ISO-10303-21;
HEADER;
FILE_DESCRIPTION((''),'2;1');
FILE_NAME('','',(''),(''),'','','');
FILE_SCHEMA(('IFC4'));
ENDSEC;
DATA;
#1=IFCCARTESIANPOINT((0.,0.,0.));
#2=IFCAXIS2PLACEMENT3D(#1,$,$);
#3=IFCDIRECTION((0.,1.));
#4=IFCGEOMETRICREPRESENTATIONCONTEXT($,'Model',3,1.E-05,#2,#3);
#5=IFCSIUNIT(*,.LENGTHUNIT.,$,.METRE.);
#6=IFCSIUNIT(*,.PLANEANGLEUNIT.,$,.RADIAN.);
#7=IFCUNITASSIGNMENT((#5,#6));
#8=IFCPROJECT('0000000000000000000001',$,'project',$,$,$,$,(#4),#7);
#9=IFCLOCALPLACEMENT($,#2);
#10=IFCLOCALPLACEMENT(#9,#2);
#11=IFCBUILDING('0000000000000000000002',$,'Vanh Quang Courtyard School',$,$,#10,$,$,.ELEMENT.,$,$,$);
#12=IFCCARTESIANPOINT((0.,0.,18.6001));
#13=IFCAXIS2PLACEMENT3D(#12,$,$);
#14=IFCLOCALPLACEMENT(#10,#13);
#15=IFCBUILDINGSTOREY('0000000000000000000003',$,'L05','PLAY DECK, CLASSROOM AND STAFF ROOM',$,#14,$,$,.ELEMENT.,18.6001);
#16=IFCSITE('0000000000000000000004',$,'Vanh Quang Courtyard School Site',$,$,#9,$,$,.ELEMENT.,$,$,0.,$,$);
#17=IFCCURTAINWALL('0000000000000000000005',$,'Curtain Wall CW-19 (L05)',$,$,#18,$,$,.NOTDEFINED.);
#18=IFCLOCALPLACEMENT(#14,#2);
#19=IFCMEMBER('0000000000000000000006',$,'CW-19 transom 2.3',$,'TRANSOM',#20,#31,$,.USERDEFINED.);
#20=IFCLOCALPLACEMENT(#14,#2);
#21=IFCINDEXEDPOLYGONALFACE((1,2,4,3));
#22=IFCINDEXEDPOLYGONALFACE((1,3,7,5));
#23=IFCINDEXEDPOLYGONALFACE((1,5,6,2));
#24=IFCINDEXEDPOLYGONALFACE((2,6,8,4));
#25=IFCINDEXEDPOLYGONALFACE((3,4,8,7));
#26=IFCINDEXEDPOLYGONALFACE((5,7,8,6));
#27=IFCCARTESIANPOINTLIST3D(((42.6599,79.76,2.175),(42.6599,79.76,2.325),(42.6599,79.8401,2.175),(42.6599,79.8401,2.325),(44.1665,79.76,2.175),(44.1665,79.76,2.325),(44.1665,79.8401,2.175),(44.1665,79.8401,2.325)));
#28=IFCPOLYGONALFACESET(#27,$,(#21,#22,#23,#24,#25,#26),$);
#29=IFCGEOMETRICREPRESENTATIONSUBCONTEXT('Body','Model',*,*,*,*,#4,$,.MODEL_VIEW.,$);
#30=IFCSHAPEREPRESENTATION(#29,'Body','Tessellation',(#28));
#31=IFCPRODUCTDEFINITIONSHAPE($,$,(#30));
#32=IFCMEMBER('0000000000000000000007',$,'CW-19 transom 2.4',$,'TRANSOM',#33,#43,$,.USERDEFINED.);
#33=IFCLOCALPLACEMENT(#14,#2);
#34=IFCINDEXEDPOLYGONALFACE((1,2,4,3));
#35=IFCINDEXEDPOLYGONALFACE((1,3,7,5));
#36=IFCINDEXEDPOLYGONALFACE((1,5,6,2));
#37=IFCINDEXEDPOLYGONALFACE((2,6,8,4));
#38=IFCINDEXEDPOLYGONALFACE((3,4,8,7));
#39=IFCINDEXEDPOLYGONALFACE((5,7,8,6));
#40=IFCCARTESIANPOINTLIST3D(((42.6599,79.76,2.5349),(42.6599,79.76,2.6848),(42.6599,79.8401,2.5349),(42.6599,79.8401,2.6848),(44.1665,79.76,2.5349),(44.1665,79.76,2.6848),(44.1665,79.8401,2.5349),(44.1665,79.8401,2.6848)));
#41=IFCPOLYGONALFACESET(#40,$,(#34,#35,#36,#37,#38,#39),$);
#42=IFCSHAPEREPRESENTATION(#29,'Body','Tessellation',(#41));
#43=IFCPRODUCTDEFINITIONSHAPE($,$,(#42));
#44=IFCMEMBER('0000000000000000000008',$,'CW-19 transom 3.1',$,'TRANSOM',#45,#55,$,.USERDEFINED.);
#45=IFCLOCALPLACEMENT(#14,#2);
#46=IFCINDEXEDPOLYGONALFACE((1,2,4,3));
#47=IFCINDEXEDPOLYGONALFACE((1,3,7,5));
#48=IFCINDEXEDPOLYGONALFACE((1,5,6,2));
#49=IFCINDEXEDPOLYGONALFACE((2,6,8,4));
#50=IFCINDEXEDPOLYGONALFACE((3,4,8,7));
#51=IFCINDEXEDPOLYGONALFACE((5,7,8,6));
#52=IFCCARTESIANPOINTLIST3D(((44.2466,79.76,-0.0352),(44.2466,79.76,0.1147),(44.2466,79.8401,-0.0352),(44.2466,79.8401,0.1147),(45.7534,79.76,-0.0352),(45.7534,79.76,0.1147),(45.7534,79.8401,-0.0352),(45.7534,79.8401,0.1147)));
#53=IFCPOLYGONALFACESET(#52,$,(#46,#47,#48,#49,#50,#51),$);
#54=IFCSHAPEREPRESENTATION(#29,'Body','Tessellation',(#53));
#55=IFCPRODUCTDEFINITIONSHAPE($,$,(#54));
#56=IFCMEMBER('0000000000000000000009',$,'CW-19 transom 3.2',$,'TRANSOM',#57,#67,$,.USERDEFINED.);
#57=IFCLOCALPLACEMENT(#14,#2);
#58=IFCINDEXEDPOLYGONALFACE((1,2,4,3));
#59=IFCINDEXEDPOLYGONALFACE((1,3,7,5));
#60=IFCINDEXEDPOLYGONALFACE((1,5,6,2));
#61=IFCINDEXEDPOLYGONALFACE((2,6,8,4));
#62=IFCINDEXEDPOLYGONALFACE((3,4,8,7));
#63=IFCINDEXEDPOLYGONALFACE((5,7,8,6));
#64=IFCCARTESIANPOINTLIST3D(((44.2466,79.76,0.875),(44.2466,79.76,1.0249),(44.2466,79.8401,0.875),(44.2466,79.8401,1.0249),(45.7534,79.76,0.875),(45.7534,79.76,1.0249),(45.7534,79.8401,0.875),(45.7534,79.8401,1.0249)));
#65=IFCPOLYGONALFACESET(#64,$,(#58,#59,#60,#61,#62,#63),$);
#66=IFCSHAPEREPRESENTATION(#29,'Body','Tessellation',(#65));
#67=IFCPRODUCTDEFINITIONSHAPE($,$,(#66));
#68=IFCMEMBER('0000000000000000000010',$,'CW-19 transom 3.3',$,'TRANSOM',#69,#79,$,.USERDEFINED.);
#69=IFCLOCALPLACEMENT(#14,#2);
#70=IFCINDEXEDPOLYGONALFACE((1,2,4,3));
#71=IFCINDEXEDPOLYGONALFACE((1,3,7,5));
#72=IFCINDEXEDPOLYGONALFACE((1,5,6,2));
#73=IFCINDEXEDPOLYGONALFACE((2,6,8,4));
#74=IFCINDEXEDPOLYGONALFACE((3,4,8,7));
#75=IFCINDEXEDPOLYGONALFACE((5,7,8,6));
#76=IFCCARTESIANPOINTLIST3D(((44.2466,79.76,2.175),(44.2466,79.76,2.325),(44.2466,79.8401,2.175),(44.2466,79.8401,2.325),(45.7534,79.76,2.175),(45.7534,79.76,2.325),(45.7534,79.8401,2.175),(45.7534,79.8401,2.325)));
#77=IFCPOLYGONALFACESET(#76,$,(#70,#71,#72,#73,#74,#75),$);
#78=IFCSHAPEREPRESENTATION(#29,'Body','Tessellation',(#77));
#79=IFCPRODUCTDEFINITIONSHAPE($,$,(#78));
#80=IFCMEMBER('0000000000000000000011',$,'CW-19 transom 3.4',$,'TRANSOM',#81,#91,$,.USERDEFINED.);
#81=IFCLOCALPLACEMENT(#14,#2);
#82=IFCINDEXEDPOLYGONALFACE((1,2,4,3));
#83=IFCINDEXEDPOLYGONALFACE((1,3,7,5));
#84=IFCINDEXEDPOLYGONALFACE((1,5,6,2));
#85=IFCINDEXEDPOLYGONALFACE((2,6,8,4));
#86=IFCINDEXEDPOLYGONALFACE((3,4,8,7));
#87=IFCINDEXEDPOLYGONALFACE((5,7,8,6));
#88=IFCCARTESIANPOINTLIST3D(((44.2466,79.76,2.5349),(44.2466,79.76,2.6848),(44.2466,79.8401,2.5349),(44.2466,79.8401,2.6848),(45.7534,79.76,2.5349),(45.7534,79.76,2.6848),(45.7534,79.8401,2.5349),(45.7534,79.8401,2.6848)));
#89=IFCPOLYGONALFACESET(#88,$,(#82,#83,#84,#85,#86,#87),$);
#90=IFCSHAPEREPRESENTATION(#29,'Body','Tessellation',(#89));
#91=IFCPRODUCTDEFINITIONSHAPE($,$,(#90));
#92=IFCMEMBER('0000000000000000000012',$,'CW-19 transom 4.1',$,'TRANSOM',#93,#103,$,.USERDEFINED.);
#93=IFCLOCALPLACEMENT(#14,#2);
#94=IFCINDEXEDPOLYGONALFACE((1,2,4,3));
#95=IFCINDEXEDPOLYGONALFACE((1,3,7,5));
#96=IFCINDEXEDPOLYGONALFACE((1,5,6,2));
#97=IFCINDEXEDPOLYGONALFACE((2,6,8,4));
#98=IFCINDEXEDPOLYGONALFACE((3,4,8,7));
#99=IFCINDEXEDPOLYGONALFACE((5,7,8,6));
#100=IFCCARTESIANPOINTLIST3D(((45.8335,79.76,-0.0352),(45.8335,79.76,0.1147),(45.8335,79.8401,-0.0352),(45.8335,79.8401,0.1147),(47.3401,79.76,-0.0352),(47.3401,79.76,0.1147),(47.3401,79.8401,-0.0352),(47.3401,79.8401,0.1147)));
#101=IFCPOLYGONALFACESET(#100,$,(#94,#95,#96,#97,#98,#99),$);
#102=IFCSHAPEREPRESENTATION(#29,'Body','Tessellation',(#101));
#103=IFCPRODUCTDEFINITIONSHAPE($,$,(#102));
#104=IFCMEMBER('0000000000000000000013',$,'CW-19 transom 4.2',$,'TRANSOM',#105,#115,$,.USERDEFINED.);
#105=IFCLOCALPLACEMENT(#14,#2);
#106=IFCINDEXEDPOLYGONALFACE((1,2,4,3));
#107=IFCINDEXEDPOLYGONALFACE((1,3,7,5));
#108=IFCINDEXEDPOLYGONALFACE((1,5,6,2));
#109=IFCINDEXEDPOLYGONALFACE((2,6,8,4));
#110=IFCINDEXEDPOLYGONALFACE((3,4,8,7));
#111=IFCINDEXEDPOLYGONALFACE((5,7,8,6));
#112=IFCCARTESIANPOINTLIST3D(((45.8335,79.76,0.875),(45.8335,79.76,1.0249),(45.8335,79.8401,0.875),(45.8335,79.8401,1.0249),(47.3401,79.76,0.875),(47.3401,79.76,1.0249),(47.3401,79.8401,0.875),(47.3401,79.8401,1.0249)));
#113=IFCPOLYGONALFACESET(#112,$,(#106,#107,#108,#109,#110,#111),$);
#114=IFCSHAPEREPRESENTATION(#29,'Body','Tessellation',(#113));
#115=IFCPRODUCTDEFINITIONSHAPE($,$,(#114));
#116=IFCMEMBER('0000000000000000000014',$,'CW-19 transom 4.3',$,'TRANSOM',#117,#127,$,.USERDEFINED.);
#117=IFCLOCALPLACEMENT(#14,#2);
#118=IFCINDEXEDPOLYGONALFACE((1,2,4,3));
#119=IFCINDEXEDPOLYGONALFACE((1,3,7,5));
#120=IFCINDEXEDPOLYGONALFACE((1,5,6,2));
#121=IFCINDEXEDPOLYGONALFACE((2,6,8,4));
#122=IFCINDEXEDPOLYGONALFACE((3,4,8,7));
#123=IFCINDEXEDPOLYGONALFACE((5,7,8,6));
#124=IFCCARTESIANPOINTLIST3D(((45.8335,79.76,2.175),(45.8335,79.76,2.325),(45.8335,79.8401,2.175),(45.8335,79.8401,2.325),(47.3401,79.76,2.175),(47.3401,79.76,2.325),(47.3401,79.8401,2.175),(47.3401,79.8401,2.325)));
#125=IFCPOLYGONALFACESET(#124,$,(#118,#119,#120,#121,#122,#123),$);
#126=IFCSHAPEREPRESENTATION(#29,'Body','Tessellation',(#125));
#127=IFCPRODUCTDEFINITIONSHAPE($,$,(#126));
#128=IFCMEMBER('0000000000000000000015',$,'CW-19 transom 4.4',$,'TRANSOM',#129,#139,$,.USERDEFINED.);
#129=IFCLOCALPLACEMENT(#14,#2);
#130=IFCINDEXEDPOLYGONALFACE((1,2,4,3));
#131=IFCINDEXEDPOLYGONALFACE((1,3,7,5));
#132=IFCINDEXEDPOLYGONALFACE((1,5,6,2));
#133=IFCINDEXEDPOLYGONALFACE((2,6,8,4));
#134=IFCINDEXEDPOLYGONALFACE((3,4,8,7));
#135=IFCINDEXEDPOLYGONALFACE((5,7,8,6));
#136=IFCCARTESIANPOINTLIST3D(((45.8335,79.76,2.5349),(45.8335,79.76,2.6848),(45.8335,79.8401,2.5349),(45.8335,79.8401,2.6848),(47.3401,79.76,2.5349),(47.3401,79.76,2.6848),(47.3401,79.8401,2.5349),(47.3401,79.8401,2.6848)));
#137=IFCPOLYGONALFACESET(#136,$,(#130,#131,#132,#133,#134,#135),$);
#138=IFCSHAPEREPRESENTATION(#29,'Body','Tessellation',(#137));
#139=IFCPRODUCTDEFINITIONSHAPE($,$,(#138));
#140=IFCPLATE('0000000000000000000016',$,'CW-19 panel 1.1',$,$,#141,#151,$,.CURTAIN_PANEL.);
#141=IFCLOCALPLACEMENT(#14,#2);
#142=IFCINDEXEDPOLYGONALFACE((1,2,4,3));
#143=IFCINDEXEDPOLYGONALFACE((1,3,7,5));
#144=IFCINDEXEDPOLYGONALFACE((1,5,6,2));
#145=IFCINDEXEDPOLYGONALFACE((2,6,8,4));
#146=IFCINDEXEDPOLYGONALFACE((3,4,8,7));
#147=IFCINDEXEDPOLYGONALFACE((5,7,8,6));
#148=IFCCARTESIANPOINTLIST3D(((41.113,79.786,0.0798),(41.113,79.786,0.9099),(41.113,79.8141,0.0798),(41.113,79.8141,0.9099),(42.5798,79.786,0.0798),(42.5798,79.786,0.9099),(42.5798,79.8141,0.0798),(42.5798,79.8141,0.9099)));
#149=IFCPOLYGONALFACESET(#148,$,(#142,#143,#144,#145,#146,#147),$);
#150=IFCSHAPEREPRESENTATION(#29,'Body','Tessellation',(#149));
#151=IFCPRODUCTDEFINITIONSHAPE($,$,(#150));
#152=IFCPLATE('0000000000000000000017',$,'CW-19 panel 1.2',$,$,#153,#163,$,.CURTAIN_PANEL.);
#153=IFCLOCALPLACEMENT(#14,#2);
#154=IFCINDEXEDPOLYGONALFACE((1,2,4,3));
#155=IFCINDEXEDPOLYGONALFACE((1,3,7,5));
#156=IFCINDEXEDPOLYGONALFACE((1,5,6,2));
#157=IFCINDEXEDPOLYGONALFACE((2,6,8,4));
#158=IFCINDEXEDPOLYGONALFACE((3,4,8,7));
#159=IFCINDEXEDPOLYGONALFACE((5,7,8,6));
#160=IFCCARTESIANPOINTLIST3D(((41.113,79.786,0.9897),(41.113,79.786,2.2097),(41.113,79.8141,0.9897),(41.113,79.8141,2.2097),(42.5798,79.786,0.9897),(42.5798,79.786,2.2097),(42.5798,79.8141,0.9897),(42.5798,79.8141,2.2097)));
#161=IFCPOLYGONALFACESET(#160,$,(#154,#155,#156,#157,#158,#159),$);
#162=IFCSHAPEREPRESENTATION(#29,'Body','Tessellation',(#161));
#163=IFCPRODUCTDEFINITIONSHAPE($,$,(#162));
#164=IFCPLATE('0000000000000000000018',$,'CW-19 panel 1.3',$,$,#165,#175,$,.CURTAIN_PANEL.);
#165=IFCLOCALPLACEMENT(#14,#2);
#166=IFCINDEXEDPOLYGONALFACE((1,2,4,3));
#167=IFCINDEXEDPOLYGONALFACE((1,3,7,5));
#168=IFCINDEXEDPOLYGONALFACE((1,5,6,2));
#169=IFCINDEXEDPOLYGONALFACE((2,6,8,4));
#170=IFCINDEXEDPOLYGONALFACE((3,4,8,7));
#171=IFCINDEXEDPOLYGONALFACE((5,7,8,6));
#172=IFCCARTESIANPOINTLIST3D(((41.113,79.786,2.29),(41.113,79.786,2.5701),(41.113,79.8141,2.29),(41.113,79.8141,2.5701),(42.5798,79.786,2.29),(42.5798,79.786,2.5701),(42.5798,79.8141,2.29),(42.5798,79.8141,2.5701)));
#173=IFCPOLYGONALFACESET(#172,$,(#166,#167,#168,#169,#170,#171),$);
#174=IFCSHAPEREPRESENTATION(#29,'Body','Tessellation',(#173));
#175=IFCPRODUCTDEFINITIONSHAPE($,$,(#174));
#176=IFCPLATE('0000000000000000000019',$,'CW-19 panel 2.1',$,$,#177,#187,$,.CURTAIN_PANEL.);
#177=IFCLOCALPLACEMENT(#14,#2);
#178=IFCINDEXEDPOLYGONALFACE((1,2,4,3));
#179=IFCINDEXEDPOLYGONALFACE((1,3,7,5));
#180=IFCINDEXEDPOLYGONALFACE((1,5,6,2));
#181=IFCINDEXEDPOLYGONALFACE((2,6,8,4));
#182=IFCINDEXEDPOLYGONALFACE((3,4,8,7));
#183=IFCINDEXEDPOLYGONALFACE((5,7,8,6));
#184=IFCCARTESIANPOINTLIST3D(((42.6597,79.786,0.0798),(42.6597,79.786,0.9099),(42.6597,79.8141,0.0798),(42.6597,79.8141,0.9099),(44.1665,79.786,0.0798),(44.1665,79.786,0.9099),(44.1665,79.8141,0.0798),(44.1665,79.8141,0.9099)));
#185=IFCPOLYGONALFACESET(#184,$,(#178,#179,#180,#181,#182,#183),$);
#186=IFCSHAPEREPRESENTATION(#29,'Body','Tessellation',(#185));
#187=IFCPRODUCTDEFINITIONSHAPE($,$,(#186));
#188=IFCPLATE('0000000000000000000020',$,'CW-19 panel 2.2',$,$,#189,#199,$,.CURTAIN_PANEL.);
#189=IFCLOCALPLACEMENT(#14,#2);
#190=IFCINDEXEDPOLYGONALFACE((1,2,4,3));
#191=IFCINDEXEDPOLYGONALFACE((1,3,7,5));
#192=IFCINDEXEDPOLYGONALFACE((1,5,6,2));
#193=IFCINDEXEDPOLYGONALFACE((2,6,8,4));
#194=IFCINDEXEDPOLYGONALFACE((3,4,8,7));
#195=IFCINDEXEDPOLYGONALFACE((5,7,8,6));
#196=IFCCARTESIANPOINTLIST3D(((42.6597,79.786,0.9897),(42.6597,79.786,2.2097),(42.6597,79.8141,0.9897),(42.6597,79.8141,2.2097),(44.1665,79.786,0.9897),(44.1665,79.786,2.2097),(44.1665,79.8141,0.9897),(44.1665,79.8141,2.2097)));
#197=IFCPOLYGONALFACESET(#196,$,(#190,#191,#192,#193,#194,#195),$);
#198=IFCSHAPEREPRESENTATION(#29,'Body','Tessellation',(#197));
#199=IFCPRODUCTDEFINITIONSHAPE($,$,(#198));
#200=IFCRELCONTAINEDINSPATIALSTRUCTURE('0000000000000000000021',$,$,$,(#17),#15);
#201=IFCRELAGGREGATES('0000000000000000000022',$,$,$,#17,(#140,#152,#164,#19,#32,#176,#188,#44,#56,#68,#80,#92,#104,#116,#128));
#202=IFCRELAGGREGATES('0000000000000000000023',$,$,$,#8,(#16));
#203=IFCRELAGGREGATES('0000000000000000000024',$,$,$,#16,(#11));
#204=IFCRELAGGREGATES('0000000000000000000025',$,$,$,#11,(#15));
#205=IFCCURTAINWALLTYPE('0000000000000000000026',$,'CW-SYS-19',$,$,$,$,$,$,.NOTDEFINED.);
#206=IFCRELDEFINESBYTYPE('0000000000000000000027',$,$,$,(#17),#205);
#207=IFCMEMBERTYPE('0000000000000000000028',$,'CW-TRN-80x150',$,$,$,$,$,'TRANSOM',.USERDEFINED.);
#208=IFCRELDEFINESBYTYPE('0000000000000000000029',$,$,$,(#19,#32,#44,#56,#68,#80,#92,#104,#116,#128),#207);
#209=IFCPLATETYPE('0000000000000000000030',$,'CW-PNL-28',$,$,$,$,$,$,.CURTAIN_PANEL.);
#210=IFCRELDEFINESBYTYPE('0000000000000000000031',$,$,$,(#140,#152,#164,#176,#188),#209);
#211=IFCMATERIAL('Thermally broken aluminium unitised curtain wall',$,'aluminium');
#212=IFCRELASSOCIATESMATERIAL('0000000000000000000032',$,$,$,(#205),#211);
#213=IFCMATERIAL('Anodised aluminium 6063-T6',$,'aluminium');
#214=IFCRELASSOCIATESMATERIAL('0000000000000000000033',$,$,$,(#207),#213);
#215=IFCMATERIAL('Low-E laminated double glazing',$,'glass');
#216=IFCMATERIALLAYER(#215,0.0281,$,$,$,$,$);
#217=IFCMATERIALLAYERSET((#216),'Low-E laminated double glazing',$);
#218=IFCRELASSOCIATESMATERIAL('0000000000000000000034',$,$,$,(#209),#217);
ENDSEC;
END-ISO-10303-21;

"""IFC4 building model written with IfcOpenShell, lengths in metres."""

from ifc_helpers import new_model, si_unit, direction, frame, origin, origin_2d, place, context, subcontext, project, spatial, rectangle, extrude, material, layer, layer_set, material_profile, profile_set, type_object, element, aggregate, save


model = new_model("IFC4")

# Units and contexts
model_context = context("Model", 3, precision=1e-05, world=origin(), true_north=direction((0.0, 1.0)))
body_context = subcontext(model_context, "Body", "Model", "MODEL_VIEW")
ifc_project = project(units=[si_unit("LENGTHUNIT", "METRE"), si_unit("PLANEANGLEUNIT", "RADIAN")], contexts=[model_context])

# Site, building, storey
site_placement = place(None, origin())
site = spatial("IfcSite", under=ifc_project, at=site_placement, Name="Vanh Quang Courtyard School Site", CompositionType="ELEMENT", RefElevation=0.0)
building_placement = place(site_placement, origin())
building = spatial("IfcBuilding", under=site, at=building_placement, Name="Vanh Quang Courtyard School", CompositionType="ELEMENT")
storey_placement = place(building_placement, frame((0.0, 0.0, 18.6001)))
storey = spatial("IfcBuildingStorey", under=building, at=storey_placement, Name="L05", Description="PLAY DECK, CLASSROOM AND STAFF ROOM", CompositionType="ELEMENT", Elevation=18.6001)

# Curtain wall, members, plates
ifc_material_1 = material(Name="Thermally broken aluminium unitised curtain wall", Category="aluminium")
curtain_wall_type = type_object("IfcCurtainWallType", Name="CW-SYS-19", PredefinedType="NOTDEFINED", material=ifc_material_1)
curtain_wall_placement = place(storey_placement, origin())
curtain_wall = element("IfcCurtainWall", 1, at=curtain_wall_placement, inside=storey, type_object=curtain_wall_type, Name="Curtain Wall CW-19 (L05)", PredefinedType="NOTDEFINED")
ifc_material_2 = material(Name="Anodised aluminium 6063-T6", Category="aluminium")
ifc_material_profile_1 = material_profile(ifc_material_2, rectangle(XDim=0.0801, YDim=0.1499, at=origin_2d()), Name="ALU-TRN 80x150")
ifc_profile_set_1 = profile_set([ifc_material_profile_1], Name="Anodised aluminium 6063-T6")
member_type_1 = type_object("IfcMemberType", Name="CW-TRN-80x150", ElementType="TRANSOM", PredefinedType="USERDEFINED", material=ifc_profile_set_1)
member_1_placement = place(storey_placement, frame((42.6599, 79.8, 2.25), z_axis=(1.0, 0.0, 0.0), x_axis=(0.0, 1.0, 0.0)))
member_1 = element("IfcMember", 2, at=member_1_placement, type_object=member_type_1, Name="CW-19 transom 2.3", ObjectType="TRANSOM", PredefinedType="USERDEFINED", context=body_context, shape_type="SweptSolid", body=[
    extrude(rectangle(XDim=0.0801, YDim=0.1499, at=origin_2d()), origin(), (0.0, 0.0, 1.0), 1.5066),
])
member_2_placement = place(storey_placement, frame((42.6599, 79.8, 2.6099), z_axis=(1.0, 0.0, 0.0), x_axis=(0.0, 1.0, 0.0)))
member_2 = element("IfcMember", 3, at=member_2_placement, type_object=member_type_1, Name="CW-19 transom 2.4", ObjectType="TRANSOM", PredefinedType="USERDEFINED", context=body_context, shape_type="SweptSolid", body=[
    extrude(rectangle(XDim=0.0801, YDim=0.1499, at=origin_2d()), origin(), (0.0, 0.0, 1.0), 1.5066),
])
member_3_placement = place(storey_placement, frame((44.2466, 79.8, 0.0398), z_axis=(1.0, 0.0, 0.0), x_axis=(0.0, 1.0, 0.0)))
member_3 = element("IfcMember", 4, at=member_3_placement, type_object=member_type_1, Name="CW-19 transom 3.1", ObjectType="TRANSOM", PredefinedType="USERDEFINED", context=body_context, shape_type="SweptSolid", body=[
    extrude(rectangle(XDim=0.0801, YDim=0.1499, at=origin_2d()), origin(), (0.0, 0.0, 1.0), 1.5068),
])
member_4_placement = place(storey_placement, frame((44.2466, 79.8, 0.95), z_axis=(1.0, 0.0, 0.0), x_axis=(0.0, 1.0, 0.0)))
member_4 = element("IfcMember", 5, at=member_4_placement, type_object=member_type_1, Name="CW-19 transom 3.2", ObjectType="TRANSOM", PredefinedType="USERDEFINED", context=body_context, shape_type="SweptSolid", body=[
    extrude(rectangle(XDim=0.0801, YDim=0.1499, at=origin_2d()), origin(), (0.0, 0.0, 1.0), 1.5068),
])
member_5_placement = place(storey_placement, frame((44.2466, 79.8, 2.25), z_axis=(1.0, 0.0, 0.0), x_axis=(0.0, 1.0, 0.0)))
member_5 = element("IfcMember", 6, at=member_5_placement, type_object=member_type_1, Name="CW-19 transom 3.3", ObjectType="TRANSOM", PredefinedType="USERDEFINED", context=body_context, shape_type="SweptSolid", body=[
    extrude(rectangle(XDim=0.0801, YDim=0.1499, at=origin_2d()), origin(), (0.0, 0.0, 1.0), 1.5068),
])
member_6_placement = place(storey_placement, frame((44.2466, 79.8, 2.6099), z_axis=(1.0, 0.0, 0.0), x_axis=(0.0, 1.0, 0.0)))
member_6 = element("IfcMember", 7, at=member_6_placement, type_object=member_type_1, Name="CW-19 transom 3.4", ObjectType="TRANSOM", PredefinedType="USERDEFINED", context=body_context, shape_type="SweptSolid", body=[
    extrude(rectangle(XDim=0.0801, YDim=0.1499, at=origin_2d()), origin(), (0.0, 0.0, 1.0), 1.5068),
])
member_7_placement = place(storey_placement, frame((45.8335, 79.8, 0.0398), z_axis=(1.0, 0.0, 0.0), x_axis=(0.0, 1.0, 0.0)))
member_7 = element("IfcMember", 8, at=member_7_placement, type_object=member_type_1, Name="CW-19 transom 4.1", ObjectType="TRANSOM", PredefinedType="USERDEFINED", context=body_context, shape_type="SweptSolid", body=[
    extrude(rectangle(XDim=0.0801, YDim=0.1499, at=origin_2d()), origin(), (0.0, 0.0, 1.0), 1.5066),
])
member_8_placement = place(storey_placement, frame((45.8335, 79.8, 0.95), z_axis=(1.0, 0.0, 0.0), x_axis=(0.0, 1.0, 0.0)))
member_8 = element("IfcMember", 9, at=member_8_placement, type_object=member_type_1, Name="CW-19 transom 4.2", ObjectType="TRANSOM", PredefinedType="USERDEFINED", context=body_context, shape_type="SweptSolid", body=[
    extrude(rectangle(XDim=0.0801, YDim=0.1499, at=origin_2d()), origin(), (0.0, 0.0, 1.0), 1.5066),
])
member_9_placement = place(storey_placement, frame((45.8335, 79.8, 2.25), z_axis=(1.0, 0.0, 0.0), x_axis=(0.0, 1.0, 0.0)))
member_9 = element("IfcMember", 10, at=member_9_placement, type_object=member_type_1, Name="CW-19 transom 4.3", ObjectType="TRANSOM", PredefinedType="USERDEFINED", context=body_context, shape_type="SweptSolid", body=[
    extrude(rectangle(XDim=0.0801, YDim=0.1499, at=origin_2d()), origin(), (0.0, 0.0, 1.0), 1.5066),
])
member_10_placement = place(storey_placement, frame((45.8335, 79.8, 2.6099), z_axis=(1.0, 0.0, 0.0), x_axis=(0.0, 1.0, 0.0)))
member_10 = element("IfcMember", 11, at=member_10_placement, type_object=member_type_1, Name="CW-19 transom 4.4", ObjectType="TRANSOM", PredefinedType="USERDEFINED", context=body_context, shape_type="SweptSolid", body=[
    extrude(rectangle(XDim=0.0801, YDim=0.1499, at=origin_2d()), origin(), (0.0, 0.0, 1.0), 1.5066),
])
ifc_material_3 = material(Name="Low-E laminated double glazing", Category="glass")
ifc_layer_1 = layer(ifc_material_3, 0.0281)
ifc_layer_set_1 = layer_set([ifc_layer_1], Name="Low-E laminated double glazing")
plate_type = type_object("IfcPlateType", Name="CW-PNL-28", PredefinedType="CURTAIN_PANEL", material=ifc_layer_set_1)
plate_1_placement = place(storey_placement, frame((41.8464, 79.8, 0.0798), z_axis=(0.0, 0.0, 1.0), x_axis=(1.0, 0.0, 0.0)))
plate_1 = element("IfcPlate", 12, at=plate_1_placement, type_object=plate_type, Name="CW-19 panel 1.1", PredefinedType="CURTAIN_PANEL", context=body_context, shape_type="SweptSolid", body=[
    extrude(rectangle(XDim=1.4668, YDim=0.0281, at=origin_2d()), origin(), (0.0, 0.0, 1.0), 0.8301),
])
plate_2_placement = place(storey_placement, frame((41.8464, 79.8, 0.9897), z_axis=(0.0, 0.0, 1.0), x_axis=(1.0, 0.0, 0.0)))
plate_2 = element("IfcPlate", 13, at=plate_2_placement, type_object=plate_type, Name="CW-19 panel 1.2", PredefinedType="CURTAIN_PANEL", context=body_context, shape_type="SweptSolid", body=[
    extrude(rectangle(XDim=1.4668, YDim=0.0281, at=origin_2d()), origin(), (0.0, 0.0, 1.0), 1.22),
])
plate_3_placement = place(storey_placement, frame((41.8464, 79.8, 2.29), z_axis=(0.0, 0.0, 1.0), x_axis=(1.0, 0.0, 0.0)))
plate_3 = element("IfcPlate", 14, at=plate_3_placement, type_object=plate_type, Name="CW-19 panel 1.3", PredefinedType="CURTAIN_PANEL", context=body_context, shape_type="SweptSolid", body=[
    extrude(rectangle(XDim=1.4668, YDim=0.0281, at=origin_2d()), origin(), (0.0, 0.0, 1.0), 0.28),
])
plate_4_placement = place(storey_placement, frame((43.4131, 79.8, 0.0798), z_axis=(0.0, 0.0, 1.0), x_axis=(1.0, 0.0, 0.0)))
plate_4 = element("IfcPlate", 15, at=plate_4_placement, type_object=plate_type, Name="CW-19 panel 2.1", PredefinedType="CURTAIN_PANEL", context=body_context, shape_type="SweptSolid", body=[
    extrude(rectangle(XDim=1.5068, YDim=0.0281, at=origin_2d()), origin(), (0.0, 0.0, 1.0), 0.8301),
])
plate_5_placement = place(storey_placement, frame((43.4131, 79.8, 0.9897), z_axis=(0.0, 0.0, 1.0), x_axis=(1.0, 0.0, 0.0)))
plate_5 = element("IfcPlate", 16, at=plate_5_placement, type_object=plate_type, Name="CW-19 panel 2.2", PredefinedType="CURTAIN_PANEL", context=body_context, shape_type="SweptSolid", body=[
    extrude(rectangle(XDim=1.5068, YDim=0.0281, at=origin_2d()), origin(), (0.0, 0.0, 1.0), 1.22),
])
aggregate(curtain_wall, [plate_1, plate_2, plate_3, member_1, member_2, plate_4, plate_5, member_3, member_4, member_5, member_6, member_7, member_8, member_9, member_10])

save(model, "model.ifc")
